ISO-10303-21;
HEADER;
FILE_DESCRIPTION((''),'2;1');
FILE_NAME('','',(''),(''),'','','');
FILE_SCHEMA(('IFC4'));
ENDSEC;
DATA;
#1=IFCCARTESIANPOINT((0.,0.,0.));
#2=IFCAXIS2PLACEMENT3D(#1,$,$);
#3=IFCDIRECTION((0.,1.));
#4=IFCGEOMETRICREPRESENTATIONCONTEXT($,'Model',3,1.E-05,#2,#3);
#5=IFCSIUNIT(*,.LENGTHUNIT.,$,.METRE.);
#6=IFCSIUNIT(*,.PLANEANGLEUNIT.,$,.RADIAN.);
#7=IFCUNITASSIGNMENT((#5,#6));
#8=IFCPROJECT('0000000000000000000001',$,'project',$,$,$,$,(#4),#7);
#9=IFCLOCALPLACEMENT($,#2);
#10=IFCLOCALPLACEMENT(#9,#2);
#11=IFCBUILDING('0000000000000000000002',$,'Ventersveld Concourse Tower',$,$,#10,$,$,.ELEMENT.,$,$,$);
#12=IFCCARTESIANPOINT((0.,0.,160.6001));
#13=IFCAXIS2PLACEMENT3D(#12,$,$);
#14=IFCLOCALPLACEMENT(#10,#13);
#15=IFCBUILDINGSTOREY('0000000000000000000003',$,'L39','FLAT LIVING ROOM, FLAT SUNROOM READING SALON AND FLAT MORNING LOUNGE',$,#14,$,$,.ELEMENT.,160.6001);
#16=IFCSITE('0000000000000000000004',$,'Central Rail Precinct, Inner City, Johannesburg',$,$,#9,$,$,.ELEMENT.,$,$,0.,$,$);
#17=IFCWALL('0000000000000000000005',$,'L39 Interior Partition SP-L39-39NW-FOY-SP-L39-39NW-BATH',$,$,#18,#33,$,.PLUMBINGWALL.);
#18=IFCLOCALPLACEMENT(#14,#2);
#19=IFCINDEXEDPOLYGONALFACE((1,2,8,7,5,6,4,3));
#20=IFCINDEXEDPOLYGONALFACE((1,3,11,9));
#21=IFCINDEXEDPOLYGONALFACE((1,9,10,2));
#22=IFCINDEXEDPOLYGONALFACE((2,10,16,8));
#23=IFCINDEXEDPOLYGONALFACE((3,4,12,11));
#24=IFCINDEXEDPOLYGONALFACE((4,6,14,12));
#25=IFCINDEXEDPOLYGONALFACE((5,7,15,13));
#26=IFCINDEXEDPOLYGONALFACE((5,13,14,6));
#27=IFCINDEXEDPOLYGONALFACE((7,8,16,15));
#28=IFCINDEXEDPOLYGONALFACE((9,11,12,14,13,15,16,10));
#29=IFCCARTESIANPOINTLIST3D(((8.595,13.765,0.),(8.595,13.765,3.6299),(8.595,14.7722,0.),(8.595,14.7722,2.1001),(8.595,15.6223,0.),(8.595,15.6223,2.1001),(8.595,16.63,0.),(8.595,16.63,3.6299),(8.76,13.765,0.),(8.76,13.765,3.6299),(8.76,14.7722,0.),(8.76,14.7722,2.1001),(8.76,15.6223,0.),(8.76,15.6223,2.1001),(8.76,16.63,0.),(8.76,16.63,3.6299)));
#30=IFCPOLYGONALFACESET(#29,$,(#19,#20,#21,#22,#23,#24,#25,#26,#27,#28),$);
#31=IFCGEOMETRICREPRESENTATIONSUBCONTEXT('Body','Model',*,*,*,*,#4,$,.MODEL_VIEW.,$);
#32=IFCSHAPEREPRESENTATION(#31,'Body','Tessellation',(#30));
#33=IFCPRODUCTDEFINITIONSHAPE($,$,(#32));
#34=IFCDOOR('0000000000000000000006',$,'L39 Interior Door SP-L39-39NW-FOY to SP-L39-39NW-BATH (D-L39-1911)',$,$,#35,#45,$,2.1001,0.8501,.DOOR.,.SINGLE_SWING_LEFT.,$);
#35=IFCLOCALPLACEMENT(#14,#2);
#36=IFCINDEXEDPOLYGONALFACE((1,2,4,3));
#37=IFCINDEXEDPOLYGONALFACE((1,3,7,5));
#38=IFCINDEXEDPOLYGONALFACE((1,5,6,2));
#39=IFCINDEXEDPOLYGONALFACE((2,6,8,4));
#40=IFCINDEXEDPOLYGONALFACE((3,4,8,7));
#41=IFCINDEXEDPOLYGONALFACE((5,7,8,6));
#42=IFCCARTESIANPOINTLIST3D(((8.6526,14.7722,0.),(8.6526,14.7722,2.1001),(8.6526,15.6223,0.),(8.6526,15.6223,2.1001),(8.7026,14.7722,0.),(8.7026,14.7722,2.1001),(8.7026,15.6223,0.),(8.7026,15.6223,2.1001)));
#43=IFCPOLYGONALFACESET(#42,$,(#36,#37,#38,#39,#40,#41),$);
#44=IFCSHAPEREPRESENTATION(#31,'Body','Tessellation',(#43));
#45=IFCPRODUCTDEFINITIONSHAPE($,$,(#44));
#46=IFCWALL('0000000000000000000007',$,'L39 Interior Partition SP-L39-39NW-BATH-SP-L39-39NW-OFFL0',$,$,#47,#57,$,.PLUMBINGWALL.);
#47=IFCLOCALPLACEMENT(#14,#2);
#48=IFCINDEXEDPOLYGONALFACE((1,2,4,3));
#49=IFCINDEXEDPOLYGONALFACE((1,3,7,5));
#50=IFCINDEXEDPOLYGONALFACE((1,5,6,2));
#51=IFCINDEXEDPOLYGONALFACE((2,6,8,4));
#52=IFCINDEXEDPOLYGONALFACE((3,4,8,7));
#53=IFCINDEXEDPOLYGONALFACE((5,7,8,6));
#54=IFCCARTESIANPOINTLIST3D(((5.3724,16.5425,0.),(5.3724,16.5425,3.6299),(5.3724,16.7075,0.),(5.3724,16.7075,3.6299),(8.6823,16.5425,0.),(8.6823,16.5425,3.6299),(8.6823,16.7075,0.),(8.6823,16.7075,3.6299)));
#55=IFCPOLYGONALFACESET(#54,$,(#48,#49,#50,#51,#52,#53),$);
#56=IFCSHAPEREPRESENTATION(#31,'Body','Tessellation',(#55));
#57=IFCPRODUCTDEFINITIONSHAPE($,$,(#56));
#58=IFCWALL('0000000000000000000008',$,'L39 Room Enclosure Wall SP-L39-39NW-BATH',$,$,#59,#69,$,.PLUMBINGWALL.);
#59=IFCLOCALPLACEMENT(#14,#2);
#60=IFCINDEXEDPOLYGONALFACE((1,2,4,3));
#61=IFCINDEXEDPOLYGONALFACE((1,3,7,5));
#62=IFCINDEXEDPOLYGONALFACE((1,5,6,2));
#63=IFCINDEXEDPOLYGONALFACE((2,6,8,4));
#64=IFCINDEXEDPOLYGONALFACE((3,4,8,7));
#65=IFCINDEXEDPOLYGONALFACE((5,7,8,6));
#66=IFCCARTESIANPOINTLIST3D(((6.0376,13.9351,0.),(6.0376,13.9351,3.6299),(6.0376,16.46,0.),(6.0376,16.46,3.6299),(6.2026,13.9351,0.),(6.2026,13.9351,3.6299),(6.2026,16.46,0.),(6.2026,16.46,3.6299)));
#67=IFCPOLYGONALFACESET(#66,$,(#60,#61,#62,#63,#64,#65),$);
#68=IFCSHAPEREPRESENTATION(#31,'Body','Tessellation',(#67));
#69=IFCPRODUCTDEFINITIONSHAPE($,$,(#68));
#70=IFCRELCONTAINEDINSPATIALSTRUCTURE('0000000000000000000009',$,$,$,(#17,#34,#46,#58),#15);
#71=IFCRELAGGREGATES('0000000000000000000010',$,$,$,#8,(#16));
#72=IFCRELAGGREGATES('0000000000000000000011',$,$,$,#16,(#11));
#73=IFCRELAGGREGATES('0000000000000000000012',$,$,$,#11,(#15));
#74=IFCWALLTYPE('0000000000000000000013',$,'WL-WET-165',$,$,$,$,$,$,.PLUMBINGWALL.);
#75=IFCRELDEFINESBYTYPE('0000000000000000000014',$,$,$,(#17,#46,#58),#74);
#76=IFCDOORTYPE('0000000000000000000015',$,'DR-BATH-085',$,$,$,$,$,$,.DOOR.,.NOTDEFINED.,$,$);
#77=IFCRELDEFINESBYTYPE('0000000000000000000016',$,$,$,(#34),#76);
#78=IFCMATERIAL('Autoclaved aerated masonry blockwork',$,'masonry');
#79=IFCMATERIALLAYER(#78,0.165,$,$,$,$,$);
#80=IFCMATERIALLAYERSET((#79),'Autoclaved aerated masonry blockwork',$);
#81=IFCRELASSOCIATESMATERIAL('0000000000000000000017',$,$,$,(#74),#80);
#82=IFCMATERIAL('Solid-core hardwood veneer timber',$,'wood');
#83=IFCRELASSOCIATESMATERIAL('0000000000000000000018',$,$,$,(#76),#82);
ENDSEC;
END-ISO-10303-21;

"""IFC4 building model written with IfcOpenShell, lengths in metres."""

from ifc_helpers import new_model, si_unit, direction, frame, frame_2d, origin, place, context, subcontext, project, spatial, rectangle, extrude, material, layer, layer_set, type_object, element, fill, save


model = new_model("IFC4")

# Units and contexts
model_context = context("Model", 3, precision=1e-05, world=origin(), true_north=direction((0.0, 1.0)))
body_context = subcontext(model_context, "Body", "Model", "MODEL_VIEW")
ifc_project = project(units=[si_unit("LENGTHUNIT", "METRE"), si_unit("PLANEANGLEUNIT", "RADIAN")], contexts=[model_context])

# Site, building, storey
site_placement = place(None, origin())
site = spatial("IfcSite", under=ifc_project, at=site_placement, Name="Central Rail Precinct, Inner City, Johannesburg", CompositionType="ELEMENT", RefElevation=0.0)
building_placement = place(site_placement, origin())
building = spatial("IfcBuilding", under=site, at=building_placement, Name="Ventersveld Concourse Tower", CompositionType="ELEMENT")
storey_placement = place(building_placement, frame((0.0, 0.0, 160.6001)))
storey = spatial("IfcBuildingStorey", under=building, at=storey_placement, Name="L39", Description="FLAT LIVING ROOM, FLAT SUNROOM READING SALON AND FLAT MORNING LOUNGE", CompositionType="ELEMENT", Elevation=160.6001)

# Shared definitions
ifc_material_1 = material(Name="Solid-core hardwood veneer timber", Category="wood")

# Shared definitions
ifc_material_2 = material(Name="Autoclaved aerated masonry blockwork", Category="masonry")

# Wall, opening, door
ifc_layer_1 = layer(ifc_material_2, 0.165)
ifc_layer_set_1 = layer_set([ifc_layer_1], Name="Autoclaved aerated masonry blockwork")
wall_type_1 = type_object("IfcWallType", Name="WL-WET-165", PredefinedType="PLUMBINGWALL", material=ifc_layer_set_1)
wall_1_placement = place(storey_placement, frame((8.6775, 13.7649, 0.0), z_axis=(0.0, 0.0, 1.0), x_axis=(0.0, 1.0, 0.0)))
wall_1 = element("IfcWall", 1, at=wall_1_placement, inside=storey, type_object=wall_type_1, Name="L39 Interior Partition SP-L39-39NW-FOY-SP-L39-39NW-BATH", PredefinedType="PLUMBINGWALL", context=body_context, shape_type="SweptSolid", body=[
    extrude(rectangle(XDim=2.865, YDim=0.165, at=frame_2d((1.4326, 0.0))), origin(), (0.0, 0.0, 1.0), 3.6299),
])
opening_1_placement = place(wall_1_placement, frame((1.0073, 0.0, 0.0)))
opening_1 = element("IfcOpeningElement", 2, at=opening_1_placement, cuts=wall_1, PredefinedType="OPENING", context=body_context, shape_type="SweptSolid", body=[
    extrude(rectangle(XDim=0.8501, YDim=2.1001, at=frame_2d((0.425, 1.05))), frame((0.0, 0.0925, 0.0), z_axis=(0.0, -1.0, 0.0), x_axis=(1.0, 0.0, 0.0)), (0.0, 0.0, 1.0), 0.1851),
])
door_type_1 = type_object("IfcDoorType", Name="DR-BATH-085", OperationType="NOTDEFINED", PredefinedType="DOOR", material=ifc_material_1)
door_1_placement = place(opening_1_placement, origin())
door_1 = element("IfcDoor", 3, at=door_1_placement, inside=storey, type_object=door_type_1, Name="L39 Interior Door SP-L39-39NW-FOY to SP-L39-39NW-BATH (D-L39-1911)", OperationType="SINGLE_SWING_LEFT", OverallHeight=2.1001, OverallWidth=0.8501, PredefinedType="DOOR", context=body_context, shape_type="SweptSolid", body=[
    extrude(rectangle(XDim=0.8501, YDim=2.1001, at=frame_2d((0.425, 1.05))), frame((0.0, 0.0249, 0.0), z_axis=(0.0, -1.0, 0.0), x_axis=(1.0, 0.0, 0.0)), (0.0, 0.0, 1.0), 0.05),
])
fill(opening_1, door_1)

# Walls
wall_2_placement = place(storey_placement, frame((5.3726, 16.625, 0.0), z_axis=(0.0, 0.0, 1.0), x_axis=(1.0, 0.0, 0.0)))
element("IfcWall", 4, at=wall_2_placement, inside=storey, type_object=wall_type_1, Name="L39 Interior Partition SP-L39-39NW-BATH-SP-L39-39NW-OFFL0", PredefinedType="PLUMBINGWALL", context=body_context, shape_type="SweptSolid", body=[
    extrude(rectangle(XDim=3.3098, YDim=0.165, at=frame_2d((1.6548, 0.0))), origin(), (0.0, 0.0, 1.0), 3.6299),
])
wall_3_placement = place(storey_placement, frame((6.1201, 13.9351, 0.0), z_axis=(0.0, 0.0, 1.0), x_axis=(0.0, 1.0, 0.0)))
element("IfcWall", 5, at=wall_3_placement, inside=storey, type_object=wall_type_1, Name="L39 Room Enclosure Wall SP-L39-39NW-BATH", PredefinedType="PLUMBINGWALL", context=body_context, shape_type="SweptSolid", body=[
    extrude(rectangle(XDim=2.5249, YDim=0.165, at=frame_2d((1.2625, 0.0))), origin(), (0.0, 0.0, 1.0), 3.6299),
])

save(model, "model.ifc")
